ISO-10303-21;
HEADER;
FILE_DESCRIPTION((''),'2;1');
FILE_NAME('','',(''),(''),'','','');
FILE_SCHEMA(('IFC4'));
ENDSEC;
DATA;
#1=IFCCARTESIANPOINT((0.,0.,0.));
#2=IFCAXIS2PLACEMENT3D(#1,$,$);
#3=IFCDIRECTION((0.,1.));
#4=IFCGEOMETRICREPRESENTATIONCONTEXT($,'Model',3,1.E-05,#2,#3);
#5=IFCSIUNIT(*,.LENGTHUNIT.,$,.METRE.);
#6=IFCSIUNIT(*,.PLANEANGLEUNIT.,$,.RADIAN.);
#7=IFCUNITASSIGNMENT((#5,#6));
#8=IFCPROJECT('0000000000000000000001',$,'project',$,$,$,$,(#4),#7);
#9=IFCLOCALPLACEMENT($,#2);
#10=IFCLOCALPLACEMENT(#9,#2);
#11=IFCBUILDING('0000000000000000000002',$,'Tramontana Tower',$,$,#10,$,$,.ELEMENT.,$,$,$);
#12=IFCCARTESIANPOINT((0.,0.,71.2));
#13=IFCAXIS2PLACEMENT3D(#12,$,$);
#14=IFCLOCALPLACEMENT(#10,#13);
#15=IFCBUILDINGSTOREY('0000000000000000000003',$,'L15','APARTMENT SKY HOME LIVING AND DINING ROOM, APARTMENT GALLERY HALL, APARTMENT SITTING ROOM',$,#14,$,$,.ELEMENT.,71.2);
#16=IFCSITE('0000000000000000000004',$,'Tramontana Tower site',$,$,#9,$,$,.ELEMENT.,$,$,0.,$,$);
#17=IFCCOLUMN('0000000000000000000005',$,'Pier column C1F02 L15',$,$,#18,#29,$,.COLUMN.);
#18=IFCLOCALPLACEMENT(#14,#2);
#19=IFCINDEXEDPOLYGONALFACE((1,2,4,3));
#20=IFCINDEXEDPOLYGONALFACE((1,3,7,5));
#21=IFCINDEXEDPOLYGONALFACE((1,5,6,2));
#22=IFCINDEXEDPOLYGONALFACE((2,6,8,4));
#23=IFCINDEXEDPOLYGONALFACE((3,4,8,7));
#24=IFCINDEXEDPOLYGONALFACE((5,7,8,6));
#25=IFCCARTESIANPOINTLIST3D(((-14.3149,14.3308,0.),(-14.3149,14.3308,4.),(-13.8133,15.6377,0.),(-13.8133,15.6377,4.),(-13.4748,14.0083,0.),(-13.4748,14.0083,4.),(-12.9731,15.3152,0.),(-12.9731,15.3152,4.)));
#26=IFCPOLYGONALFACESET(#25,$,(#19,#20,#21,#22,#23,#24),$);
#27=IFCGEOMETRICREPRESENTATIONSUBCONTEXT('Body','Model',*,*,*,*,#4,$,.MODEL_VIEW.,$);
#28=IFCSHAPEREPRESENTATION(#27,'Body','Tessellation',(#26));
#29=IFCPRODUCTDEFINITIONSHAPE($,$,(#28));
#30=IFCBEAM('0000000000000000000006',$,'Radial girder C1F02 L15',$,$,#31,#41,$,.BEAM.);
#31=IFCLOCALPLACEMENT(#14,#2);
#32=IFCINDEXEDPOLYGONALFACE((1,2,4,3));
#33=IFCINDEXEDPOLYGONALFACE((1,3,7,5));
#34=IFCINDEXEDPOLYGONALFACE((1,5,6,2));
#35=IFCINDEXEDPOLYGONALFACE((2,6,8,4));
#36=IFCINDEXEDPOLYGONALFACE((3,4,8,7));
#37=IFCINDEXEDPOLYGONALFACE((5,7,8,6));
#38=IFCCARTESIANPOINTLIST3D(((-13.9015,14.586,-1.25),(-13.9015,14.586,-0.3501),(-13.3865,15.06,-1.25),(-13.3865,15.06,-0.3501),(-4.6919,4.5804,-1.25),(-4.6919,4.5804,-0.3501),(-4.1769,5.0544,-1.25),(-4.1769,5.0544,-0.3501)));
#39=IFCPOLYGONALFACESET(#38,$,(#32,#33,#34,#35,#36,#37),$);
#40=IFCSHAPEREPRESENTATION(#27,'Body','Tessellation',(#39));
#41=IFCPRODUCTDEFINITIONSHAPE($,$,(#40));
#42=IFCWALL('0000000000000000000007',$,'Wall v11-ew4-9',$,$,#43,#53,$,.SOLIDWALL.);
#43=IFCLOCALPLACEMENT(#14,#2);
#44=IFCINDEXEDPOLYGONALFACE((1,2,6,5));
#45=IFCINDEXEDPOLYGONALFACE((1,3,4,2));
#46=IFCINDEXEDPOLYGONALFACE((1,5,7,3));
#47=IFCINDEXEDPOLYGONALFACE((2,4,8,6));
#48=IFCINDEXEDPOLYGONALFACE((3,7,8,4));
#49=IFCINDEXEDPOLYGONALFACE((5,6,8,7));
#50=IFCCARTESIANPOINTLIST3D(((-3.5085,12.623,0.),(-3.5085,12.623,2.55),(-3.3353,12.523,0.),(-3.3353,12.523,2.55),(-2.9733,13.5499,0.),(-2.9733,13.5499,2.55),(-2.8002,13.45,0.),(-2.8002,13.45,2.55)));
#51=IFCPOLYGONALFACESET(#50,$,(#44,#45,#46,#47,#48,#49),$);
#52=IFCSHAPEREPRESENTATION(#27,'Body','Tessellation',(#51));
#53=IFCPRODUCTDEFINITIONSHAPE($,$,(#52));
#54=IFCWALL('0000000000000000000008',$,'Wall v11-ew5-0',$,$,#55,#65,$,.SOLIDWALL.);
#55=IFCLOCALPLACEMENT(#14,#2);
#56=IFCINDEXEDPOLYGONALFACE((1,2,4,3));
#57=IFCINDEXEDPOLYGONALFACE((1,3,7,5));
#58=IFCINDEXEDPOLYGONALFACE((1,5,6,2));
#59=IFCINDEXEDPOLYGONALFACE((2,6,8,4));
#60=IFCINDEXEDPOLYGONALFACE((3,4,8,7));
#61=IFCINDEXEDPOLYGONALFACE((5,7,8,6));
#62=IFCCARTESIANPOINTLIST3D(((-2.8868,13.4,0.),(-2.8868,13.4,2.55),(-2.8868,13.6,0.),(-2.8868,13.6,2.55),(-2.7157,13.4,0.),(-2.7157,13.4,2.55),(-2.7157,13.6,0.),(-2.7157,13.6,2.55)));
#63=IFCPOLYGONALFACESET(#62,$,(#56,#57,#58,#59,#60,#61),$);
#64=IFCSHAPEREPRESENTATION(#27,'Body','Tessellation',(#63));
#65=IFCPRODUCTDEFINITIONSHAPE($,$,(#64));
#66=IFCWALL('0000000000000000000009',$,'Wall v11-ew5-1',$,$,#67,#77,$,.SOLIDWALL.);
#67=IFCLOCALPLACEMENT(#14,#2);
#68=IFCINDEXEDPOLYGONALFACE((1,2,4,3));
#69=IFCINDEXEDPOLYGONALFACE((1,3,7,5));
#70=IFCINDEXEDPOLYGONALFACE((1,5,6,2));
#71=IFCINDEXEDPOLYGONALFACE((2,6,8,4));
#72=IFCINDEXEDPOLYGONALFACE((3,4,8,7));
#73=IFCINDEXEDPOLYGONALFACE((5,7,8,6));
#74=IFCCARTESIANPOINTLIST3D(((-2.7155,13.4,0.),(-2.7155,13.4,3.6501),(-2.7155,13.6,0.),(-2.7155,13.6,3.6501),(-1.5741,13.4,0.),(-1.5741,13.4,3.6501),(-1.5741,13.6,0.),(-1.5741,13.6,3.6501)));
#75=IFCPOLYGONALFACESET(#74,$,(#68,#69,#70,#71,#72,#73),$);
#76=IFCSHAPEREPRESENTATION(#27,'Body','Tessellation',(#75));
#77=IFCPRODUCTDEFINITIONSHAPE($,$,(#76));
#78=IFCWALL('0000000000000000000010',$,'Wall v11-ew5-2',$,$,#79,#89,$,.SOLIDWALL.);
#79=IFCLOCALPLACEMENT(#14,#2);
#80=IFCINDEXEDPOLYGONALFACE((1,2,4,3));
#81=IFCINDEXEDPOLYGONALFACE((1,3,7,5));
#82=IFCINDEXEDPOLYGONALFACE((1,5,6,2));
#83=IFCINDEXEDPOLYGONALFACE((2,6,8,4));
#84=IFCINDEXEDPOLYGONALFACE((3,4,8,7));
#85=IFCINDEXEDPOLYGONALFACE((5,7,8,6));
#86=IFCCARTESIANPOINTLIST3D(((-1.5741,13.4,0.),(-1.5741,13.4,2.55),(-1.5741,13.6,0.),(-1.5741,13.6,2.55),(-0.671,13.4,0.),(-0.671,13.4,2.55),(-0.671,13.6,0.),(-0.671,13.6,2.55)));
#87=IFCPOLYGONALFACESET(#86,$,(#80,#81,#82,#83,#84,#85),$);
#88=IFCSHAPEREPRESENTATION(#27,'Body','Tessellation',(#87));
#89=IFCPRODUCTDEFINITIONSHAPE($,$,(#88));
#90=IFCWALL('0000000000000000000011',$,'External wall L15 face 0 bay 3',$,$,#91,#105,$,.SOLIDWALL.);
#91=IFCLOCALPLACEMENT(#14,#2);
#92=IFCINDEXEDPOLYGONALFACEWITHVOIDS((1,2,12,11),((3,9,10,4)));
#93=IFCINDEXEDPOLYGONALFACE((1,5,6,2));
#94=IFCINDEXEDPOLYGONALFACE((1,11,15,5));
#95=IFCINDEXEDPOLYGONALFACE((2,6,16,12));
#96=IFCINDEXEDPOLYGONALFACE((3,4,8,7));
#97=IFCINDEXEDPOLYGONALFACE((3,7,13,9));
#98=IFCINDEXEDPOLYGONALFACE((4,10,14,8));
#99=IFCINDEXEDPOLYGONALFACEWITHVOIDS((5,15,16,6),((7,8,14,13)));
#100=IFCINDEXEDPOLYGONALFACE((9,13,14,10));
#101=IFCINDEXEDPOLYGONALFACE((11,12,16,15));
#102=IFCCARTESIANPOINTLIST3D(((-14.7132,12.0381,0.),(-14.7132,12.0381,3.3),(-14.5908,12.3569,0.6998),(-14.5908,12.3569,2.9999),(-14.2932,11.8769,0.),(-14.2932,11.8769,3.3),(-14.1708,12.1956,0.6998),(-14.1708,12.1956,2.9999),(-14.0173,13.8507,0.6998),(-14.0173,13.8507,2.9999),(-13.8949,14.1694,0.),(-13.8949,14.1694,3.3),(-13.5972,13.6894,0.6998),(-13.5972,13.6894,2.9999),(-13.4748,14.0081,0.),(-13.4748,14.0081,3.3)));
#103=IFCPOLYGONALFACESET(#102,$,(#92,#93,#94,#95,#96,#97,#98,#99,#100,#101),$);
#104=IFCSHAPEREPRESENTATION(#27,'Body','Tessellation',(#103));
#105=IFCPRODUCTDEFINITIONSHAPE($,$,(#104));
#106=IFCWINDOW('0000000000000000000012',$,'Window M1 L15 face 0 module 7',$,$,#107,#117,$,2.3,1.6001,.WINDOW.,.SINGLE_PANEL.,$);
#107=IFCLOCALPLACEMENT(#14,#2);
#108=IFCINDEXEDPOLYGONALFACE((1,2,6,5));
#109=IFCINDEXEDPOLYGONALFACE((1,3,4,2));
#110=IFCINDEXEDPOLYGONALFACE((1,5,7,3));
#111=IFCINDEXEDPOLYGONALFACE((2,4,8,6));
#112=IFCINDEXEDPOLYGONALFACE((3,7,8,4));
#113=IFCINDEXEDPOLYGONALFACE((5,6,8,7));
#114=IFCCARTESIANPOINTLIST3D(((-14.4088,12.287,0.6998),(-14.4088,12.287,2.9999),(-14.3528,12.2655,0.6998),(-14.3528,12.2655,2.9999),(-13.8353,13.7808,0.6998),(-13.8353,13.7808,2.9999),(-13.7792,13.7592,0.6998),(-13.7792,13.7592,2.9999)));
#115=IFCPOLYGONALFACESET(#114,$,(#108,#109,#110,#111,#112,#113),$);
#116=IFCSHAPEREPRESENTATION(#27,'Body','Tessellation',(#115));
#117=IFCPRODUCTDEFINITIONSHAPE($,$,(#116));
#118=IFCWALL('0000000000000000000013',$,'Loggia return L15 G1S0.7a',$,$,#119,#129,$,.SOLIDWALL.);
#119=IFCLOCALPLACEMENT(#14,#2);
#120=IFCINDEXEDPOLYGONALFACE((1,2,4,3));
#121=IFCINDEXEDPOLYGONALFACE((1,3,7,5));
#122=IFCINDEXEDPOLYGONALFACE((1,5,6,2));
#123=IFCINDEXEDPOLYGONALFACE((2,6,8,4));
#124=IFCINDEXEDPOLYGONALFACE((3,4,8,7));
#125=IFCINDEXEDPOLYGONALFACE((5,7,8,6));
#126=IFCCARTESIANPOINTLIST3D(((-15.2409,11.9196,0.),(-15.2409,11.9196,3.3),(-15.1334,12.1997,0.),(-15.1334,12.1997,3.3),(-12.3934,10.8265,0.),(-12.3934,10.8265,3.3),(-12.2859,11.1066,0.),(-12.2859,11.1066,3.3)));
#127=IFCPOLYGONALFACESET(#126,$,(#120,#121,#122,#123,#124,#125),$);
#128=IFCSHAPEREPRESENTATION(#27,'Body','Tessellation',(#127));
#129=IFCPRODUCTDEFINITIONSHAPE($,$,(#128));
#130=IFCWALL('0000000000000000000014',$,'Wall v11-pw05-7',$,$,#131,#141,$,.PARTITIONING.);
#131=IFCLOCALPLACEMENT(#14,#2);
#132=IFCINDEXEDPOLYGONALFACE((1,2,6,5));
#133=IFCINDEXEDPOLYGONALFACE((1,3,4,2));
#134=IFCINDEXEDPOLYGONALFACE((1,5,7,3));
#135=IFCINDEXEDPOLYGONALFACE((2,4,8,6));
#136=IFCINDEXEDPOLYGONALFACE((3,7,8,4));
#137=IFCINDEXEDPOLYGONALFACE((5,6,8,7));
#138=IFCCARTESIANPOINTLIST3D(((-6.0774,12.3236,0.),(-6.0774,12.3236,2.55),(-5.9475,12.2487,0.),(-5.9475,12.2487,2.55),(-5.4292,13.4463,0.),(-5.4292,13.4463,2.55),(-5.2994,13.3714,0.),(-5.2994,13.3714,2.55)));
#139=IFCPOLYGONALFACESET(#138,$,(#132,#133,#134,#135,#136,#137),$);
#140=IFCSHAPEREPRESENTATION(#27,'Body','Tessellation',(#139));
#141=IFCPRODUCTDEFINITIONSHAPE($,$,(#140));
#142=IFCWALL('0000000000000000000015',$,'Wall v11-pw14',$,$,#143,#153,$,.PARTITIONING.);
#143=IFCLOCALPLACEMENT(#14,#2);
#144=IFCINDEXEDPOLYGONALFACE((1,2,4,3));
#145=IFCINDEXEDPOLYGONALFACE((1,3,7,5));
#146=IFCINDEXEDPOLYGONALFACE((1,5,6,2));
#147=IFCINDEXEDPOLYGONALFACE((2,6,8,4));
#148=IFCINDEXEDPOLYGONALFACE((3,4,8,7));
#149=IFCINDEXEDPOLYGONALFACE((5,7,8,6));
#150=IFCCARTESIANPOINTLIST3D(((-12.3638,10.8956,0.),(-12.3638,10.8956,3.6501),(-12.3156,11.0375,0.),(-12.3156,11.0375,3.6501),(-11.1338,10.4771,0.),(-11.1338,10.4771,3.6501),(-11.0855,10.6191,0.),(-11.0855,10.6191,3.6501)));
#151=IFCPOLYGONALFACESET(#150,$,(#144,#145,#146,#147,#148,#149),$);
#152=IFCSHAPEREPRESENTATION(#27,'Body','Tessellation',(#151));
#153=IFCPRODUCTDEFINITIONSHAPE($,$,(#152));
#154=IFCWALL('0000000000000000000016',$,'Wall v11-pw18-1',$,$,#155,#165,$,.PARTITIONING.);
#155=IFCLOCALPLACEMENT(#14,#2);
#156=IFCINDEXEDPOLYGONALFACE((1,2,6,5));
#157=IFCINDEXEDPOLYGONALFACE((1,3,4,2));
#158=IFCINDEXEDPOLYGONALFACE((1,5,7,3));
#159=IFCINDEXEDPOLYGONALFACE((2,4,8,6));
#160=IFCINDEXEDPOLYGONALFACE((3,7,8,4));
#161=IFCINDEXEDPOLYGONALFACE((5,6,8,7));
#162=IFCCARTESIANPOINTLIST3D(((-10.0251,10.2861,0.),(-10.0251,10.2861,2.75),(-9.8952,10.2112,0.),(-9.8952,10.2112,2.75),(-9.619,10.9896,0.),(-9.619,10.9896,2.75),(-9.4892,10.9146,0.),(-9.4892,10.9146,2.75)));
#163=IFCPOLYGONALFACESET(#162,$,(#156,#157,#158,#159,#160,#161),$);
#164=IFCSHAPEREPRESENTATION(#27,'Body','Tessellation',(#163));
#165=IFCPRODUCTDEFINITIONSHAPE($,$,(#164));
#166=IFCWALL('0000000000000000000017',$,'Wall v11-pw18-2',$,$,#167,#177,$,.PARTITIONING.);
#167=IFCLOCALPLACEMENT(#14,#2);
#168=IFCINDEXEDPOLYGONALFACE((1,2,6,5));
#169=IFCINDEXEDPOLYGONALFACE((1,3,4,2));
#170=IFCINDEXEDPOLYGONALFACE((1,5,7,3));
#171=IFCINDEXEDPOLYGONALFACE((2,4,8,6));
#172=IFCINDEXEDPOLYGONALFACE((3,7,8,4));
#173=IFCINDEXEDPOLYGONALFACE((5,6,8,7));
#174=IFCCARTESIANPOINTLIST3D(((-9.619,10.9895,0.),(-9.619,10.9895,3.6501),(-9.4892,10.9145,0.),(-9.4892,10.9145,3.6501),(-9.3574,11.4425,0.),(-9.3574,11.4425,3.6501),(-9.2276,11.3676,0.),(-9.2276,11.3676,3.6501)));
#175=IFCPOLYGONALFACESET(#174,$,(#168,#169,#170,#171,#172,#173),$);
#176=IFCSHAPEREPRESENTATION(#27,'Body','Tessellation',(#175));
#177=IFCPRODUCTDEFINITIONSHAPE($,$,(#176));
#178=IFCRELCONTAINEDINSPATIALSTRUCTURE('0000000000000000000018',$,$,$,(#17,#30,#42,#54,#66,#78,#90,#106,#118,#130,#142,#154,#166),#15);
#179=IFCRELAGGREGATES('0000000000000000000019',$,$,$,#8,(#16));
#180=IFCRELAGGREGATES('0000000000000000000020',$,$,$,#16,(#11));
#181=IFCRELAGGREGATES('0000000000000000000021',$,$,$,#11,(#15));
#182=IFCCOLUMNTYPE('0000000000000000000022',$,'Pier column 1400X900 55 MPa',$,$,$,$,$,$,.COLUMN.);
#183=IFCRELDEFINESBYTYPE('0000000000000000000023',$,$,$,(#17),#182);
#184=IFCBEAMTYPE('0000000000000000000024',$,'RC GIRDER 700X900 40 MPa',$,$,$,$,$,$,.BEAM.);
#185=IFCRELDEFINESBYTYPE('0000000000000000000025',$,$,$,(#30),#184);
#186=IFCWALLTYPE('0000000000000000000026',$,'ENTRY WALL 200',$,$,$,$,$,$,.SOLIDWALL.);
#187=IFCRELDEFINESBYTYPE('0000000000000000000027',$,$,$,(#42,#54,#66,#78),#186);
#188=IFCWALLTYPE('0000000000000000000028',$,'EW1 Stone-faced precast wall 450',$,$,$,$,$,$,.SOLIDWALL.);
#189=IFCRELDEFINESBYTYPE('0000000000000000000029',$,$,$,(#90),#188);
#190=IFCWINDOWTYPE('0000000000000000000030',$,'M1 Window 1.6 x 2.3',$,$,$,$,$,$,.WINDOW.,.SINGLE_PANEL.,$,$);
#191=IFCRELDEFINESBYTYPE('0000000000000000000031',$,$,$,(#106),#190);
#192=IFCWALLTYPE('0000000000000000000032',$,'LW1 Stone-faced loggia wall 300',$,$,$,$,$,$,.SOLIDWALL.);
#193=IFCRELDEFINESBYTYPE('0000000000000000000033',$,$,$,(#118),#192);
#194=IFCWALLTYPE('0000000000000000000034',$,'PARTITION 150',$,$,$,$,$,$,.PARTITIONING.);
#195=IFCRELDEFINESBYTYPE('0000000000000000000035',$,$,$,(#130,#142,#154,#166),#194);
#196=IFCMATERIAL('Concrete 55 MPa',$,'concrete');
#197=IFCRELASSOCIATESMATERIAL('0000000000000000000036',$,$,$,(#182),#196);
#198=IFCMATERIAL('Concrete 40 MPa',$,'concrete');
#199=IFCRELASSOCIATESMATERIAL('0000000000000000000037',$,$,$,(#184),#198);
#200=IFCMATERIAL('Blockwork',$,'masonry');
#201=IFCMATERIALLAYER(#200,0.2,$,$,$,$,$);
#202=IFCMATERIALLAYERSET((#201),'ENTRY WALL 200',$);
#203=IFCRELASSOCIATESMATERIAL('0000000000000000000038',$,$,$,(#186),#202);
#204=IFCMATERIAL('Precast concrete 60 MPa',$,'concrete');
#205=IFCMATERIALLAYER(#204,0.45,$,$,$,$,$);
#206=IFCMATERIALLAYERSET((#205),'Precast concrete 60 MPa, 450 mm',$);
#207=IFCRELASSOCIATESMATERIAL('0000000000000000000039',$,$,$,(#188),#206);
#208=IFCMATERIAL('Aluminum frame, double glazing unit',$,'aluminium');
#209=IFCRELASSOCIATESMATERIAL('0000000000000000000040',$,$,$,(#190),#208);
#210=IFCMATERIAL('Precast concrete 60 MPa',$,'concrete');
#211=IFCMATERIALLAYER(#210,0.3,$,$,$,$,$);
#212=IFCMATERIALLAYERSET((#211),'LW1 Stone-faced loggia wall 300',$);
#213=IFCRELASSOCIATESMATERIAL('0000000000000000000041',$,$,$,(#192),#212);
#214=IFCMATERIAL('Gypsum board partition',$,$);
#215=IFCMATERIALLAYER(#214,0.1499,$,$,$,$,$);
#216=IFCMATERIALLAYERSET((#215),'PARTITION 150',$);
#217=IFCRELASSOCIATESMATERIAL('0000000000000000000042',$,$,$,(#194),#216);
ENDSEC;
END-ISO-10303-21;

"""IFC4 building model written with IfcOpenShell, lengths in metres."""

from ifc_helpers import new_model, si_unit, direction, frame, frame_2d, origin, origin_2d, place, context, subcontext, project, spatial, rectangle, extrude, material, layer, layer_set, material_profile, profile_set, type_object, element, fill, save


model = new_model("IFC4")

# Units and contexts
model_context = context("Model", 3, precision=1e-05, world=origin(), true_north=direction((0.0, 1.0)))
body_context = subcontext(model_context, "Body", "Model", "MODEL_VIEW")
ifc_project = project(units=[si_unit("LENGTHUNIT", "METRE"), si_unit("PLANEANGLEUNIT", "RADIAN")], contexts=[model_context])

# Site, building, storey
site_placement = place(None, origin())
site = spatial("IfcSite", under=ifc_project, at=site_placement, Name="Tramontana Tower site", CompositionType="ELEMENT", RefElevation=0.0)
building_placement = place(site_placement, origin())
building = spatial("IfcBuilding", under=site, at=building_placement, Name="Tramontana Tower", CompositionType="ELEMENT")
storey_placement = place(building_placement, frame((0.0, 0.0, 71.2)))
storey = spatial("IfcBuildingStorey", under=building, at=storey_placement, Name="L15", Description="APARTMENT SKY HOME LIVING AND DINING ROOM, APARTMENT GALLERY HALL, APARTMENT SITTING ROOM", CompositionType="ELEMENT", Elevation=71.2)

# Column
ifc_material_1 = material(Name="Concrete 55 MPa", Category="concrete")
ifc_material_profile_1 = material_profile(ifc_material_1, rectangle(XDim=1.3999, YDim=0.8999, at=origin_2d()), Name="Pier column 1400X900 55 MPa")
ifc_profile_set_1 = profile_set([ifc_material_profile_1], Name="Concrete 55 MPa")
column_type = type_object("IfcColumnType", Name="Pier column 1400X900 55 MPa", PredefinedType="COLUMN", material=ifc_profile_set_1)
column_placement = place(storey_placement, frame((-13.644, 14.823, 0.0), z_axis=(0.0, 0.0, 1.0), x_axis=(-0.358368, -0.93358, 0.0)))
element("IfcColumn", 1, at=column_placement, inside=storey, type_object=column_type, Name="Pier column C1F02 L15", PredefinedType="COLUMN", context=body_context, shape_type="SweptSolid", body=[
    extrude(rectangle(XDim=1.3999, YDim=0.8999, at=origin_2d()), origin(), (0.0, 0.0, 1.0), 4.0),
])

# Beam
ifc_material_2 = material(Name="Concrete 40 MPa", Category="concrete")
ifc_material_profile_2 = material_profile(ifc_material_2, rectangle(XDim=0.7, YDim=0.8999, at=origin_2d()), Name="RC GIRDER 700X900 40 MPa")
ifc_profile_set_2 = profile_set([ifc_material_profile_2], Name="Concrete 40 MPa")
beam_type = type_object("IfcBeamType", Name="RC GIRDER 700X900 40 MPa", PredefinedType="BEAM", material=ifc_profile_set_2)
beam_placement = place(storey_placement, frame((-13.644, 14.823, -0.8), z_axis=(0.677238, -0.735764, 0.0), x_axis=(0.735764, 0.677238, 0.0)))
element("IfcBeam", 2, at=beam_placement, inside=storey, type_object=beam_type, Name="Radial girder C1F02 L15", PredefinedType="BEAM", context=body_context, shape_type="SweptSolid", body=[
    extrude(rectangle(XDim=0.7, YDim=0.8999, at=origin_2d()), origin(), (0.0, 0.0, 1.0), 13.5989),
])

# Shared definitions
ifc_material_3 = material(Name="Blockwork", Category="masonry")
ifc_layer_1 = layer(ifc_material_3, 0.2)
ifc_layer_set_1 = layer_set([ifc_layer_1], Name="ENTRY WALL 200")
wall_type_1 = type_object("IfcWallType", Name="ENTRY WALL 200", PredefinedType="SOLIDWALL", material=ifc_layer_set_1)

# Walls
wall_1_placement = place(storey_placement, frame((-3.4219, 12.573, 0.0), z_axis=(0.0, 0.0, 1.0), x_axis=(0.499966, 0.866045, 0.0)))
element("IfcWall", 3, at=wall_1_placement, inside=storey, type_object=wall_type_1, Name="Wall v11-ew4-9", PredefinedType="SOLIDWALL", context=body_context, shape_type="SweptSolid", body=[
    extrude(rectangle(XDim=1.0703, YDim=0.2, at=frame_2d((0.5352, 0.0))), origin(), (0.0, 0.0, 1.0), 2.55),
])
wall_2_placement = place(storey_placement, frame((-2.8867, 13.5, 0.0), z_axis=(0.0, 0.0, 1.0), x_axis=(1.0, 0.0, 0.0)))
element("IfcWall", 4, at=wall_2_placement, inside=storey, type_object=wall_type_1, Name="Wall v11-ew5-0", PredefinedType="SOLIDWALL", context=body_context, shape_type="SweptSolid", body=[
    extrude(rectangle(XDim=0.1711, YDim=0.2, at=frame_2d((0.0854, 0.0))), origin(), (0.0, 0.0, 1.0), 2.55),
])
wall_3_placement = place(storey_placement, frame((-2.7156, 13.5, 0.0), z_axis=(0.0, 0.0, 1.0), x_axis=(1.0, 0.0, 0.0)))
element("IfcWall", 5, at=wall_3_placement, inside=storey, type_object=wall_type_1, Name="Wall v11-ew5-1", PredefinedType="SOLIDWALL", context=body_context, shape_type="SweptSolid", body=[
    extrude(rectangle(XDim=1.1414, YDim=0.2, at=frame_2d((0.5708, 0.0))), origin(), (0.0, 0.0, 1.0), 3.6501),
])
wall_4_placement = place(storey_placement, frame((-1.5742, 13.5, 0.0), z_axis=(0.0, 0.0, 1.0), x_axis=(1.0, 0.0, 0.0)))
element("IfcWall", 6, at=wall_4_placement, inside=storey, type_object=wall_type_1, Name="Wall v11-ew5-2", PredefinedType="SOLIDWALL", context=body_context, shape_type="SweptSolid", body=[
    extrude(rectangle(XDim=0.9031, YDim=0.2, at=frame_2d((0.4517, 0.0))), origin(), (0.0, 0.0, 1.0), 2.55),
])

# Wall, opening, window
ifc_material_4 = material(Name="Precast concrete 60 MPa", Category="concrete")
ifc_layer_2 = layer(ifc_material_4, 0.45)
ifc_layer_set_2 = layer_set([ifc_layer_2], Name="Precast concrete 60 MPa, 450 mm")
wall_type_2 = type_object("IfcWallType", Name="EW1 Stone-faced precast wall 450", PredefinedType="SOLIDWALL", material=ifc_layer_set_2)
wall_5_placement = place(storey_placement, frame((-13.6848, 14.0889, 0.0), z_axis=(0.0, 0.0, 1.0), x_axis=(-0.358449, -0.933549, 0.0)))
wall_5 = element("IfcWall", 7, at=wall_5_placement, inside=storey, type_object=wall_type_2, Name="External wall L15 face 0 bay 3", PredefinedType="SOLIDWALL", context=body_context, shape_type="SweptSolid", body=[
    extrude(rectangle(XDim=2.283, YDim=0.45, at=frame_2d((1.1416, 0.0))), origin(), (0.0, 0.0, 1.0), 3.3),
])
opening_1_placement = place(wall_5_placement, frame((0.3416, 0.0, 0.7)))
opening_1 = element("IfcOpeningElement", 8, at=opening_1_placement, cuts=wall_5, PredefinedType="OPENING", context=body_context, shape_type="SweptSolid", body=[
    extrude(rectangle(XDim=1.6001, YDim=2.3, at=frame_2d((0.8, 1.1499))), frame((0.0, 0.2349, 0.0), z_axis=(0.0, -1.0, 0.0), x_axis=(1.0, 0.0, 0.0)), (0.0, 0.0, 1.0), 0.47),
])
ifc_material_5 = material(Name="Aluminum frame, double glazing unit", Category="aluminium")
window_type = type_object("IfcWindowType", Name="M1 Window 1.6 x 2.3", PartitioningType="SINGLE_PANEL", PredefinedType="WINDOW", material=ifc_material_5)
window_placement = place(opening_1_placement, origin())
window = element("IfcWindow", 9, at=window_placement, inside=storey, type_object=window_type, Name="Window M1 L15 face 0 module 7", OverallHeight=2.3, OverallWidth=1.6001, PartitioningType="SINGLE_PANEL", PredefinedType="WINDOW", context=body_context, shape_type="SweptSolid", body=[
    extrude(rectangle(XDim=1.6001, YDim=2.3, at=frame_2d((0.8, 1.1499))), frame((0.0, 0.03, 0.0), z_axis=(0.0, -1.0, 0.0), x_axis=(1.0, 0.0, 0.0)), (0.0, 0.0, 1.0), 0.0601),
])
fill(opening_1, window)

# Shared definitions
ifc_material_6 = material(Name="Precast concrete 60 MPa", Category="concrete")
ifc_layer_3 = layer(ifc_material_6, 0.3)
ifc_layer_set_3 = layer_set([ifc_layer_3], Name="LW1 Stone-faced loggia wall 300")
wall_type_3 = type_object("IfcWallType", Name="LW1 Stone-faced loggia wall 300", PredefinedType="SOLIDWALL", material=ifc_layer_set_3)

# Walls
wall_6_placement = place(storey_placement, frame((-15.187, 12.0596, 0.0), z_axis=(0.0, 0.0, 1.0), x_axis=(0.933581, -0.358368, 0.0)))
element("IfcWall", 10, at=wall_6_placement, inside=storey, type_object=wall_type_3, Name="Loggia return L15 G1S0.7a", PredefinedType="SOLIDWALL", context=body_context, shape_type="SweptSolid", body=[
    extrude(rectangle(XDim=3.05, YDim=0.3, at=frame_2d((1.5249, 0.0))), origin(), (0.0, 0.0, 1.0), 3.3),
])
ifc_material_7 = material(Name="Gypsum board partition")
ifc_layer_4 = layer(ifc_material_7, 0.1499)
ifc_layer_set_4 = layer_set([ifc_layer_4], Name="PARTITION 150")
wall_type_4 = type_object("IfcWallType", Name="PARTITION 150", PredefinedType="PARTITIONING", material=ifc_layer_set_4)
wall_7_placement = place(storey_placement, frame((-6.0125, 12.2861, 0.0), z_axis=(0.0, 0.0, 1.0), x_axis=(0.499967, 0.866044, 0.0)))
element("IfcWall", 11, at=wall_7_placement, inside=storey, type_object=wall_type_4, Name="Wall v11-pw05-7", PredefinedType="PARTITIONING", context=body_context, shape_type="SweptSolid", body=[
    extrude(rectangle(XDim=1.2964, YDim=0.1499, at=frame_2d((0.6482, 0.0))), origin(), (0.0, 0.0, 1.0), 2.55),
])
wall_8_placement = place(storey_placement, frame((-11.1096, 10.5481, 0.0), z_axis=(0.0, 0.0, 1.0), x_axis=(-0.946711, 0.322085, 0.0)))
element("IfcWall", 12, at=wall_8_placement, inside=storey, type_object=wall_type_4, Name="Wall v11-pw14", PredefinedType="PARTITIONING", context=body_context, shape_type="SweptSolid", body=[
    extrude(rectangle(XDim=1.2993, YDim=0.1499, at=frame_2d((0.6497, 0.0))), origin(), (0.0, 0.0, 1.0), 3.6501),
])
wall_9_placement = place(storey_placement, frame((-9.9602, 10.2485, 0.0), z_axis=(0.0, 0.0, 1.0), x_axis=(0.499922, 0.86607, 0.0)))
element("IfcWall", 13, at=wall_9_placement, inside=storey, type_object=wall_type_4, Name="Wall v11-pw18-1", PredefinedType="PARTITIONING", context=body_context, shape_type="SweptSolid", body=[
    extrude(rectangle(XDim=0.8123, YDim=0.1499, at=frame_2d((0.4062, 0.0))), origin(), (0.0, 0.0, 1.0), 2.75),
])
wall_10_placement = place(storey_placement, frame((-9.5542, 10.9519, 0.0), z_axis=(0.0, 0.0, 1.0), x_axis=(0.500153, 0.865937, 0.0)))
element("IfcWall", 14, at=wall_10_placement, inside=storey, type_object=wall_type_4, Name="Wall v11-pw18-2", PredefinedType="PARTITIONING", context=body_context, shape_type="SweptSolid", body=[
    extrude(rectangle(XDim=0.5232, YDim=0.1499, at=frame_2d((0.2617, 0.0))), origin(), (0.0, 0.0, 1.0), 3.6501),
])

save(model, "model.ifc")
